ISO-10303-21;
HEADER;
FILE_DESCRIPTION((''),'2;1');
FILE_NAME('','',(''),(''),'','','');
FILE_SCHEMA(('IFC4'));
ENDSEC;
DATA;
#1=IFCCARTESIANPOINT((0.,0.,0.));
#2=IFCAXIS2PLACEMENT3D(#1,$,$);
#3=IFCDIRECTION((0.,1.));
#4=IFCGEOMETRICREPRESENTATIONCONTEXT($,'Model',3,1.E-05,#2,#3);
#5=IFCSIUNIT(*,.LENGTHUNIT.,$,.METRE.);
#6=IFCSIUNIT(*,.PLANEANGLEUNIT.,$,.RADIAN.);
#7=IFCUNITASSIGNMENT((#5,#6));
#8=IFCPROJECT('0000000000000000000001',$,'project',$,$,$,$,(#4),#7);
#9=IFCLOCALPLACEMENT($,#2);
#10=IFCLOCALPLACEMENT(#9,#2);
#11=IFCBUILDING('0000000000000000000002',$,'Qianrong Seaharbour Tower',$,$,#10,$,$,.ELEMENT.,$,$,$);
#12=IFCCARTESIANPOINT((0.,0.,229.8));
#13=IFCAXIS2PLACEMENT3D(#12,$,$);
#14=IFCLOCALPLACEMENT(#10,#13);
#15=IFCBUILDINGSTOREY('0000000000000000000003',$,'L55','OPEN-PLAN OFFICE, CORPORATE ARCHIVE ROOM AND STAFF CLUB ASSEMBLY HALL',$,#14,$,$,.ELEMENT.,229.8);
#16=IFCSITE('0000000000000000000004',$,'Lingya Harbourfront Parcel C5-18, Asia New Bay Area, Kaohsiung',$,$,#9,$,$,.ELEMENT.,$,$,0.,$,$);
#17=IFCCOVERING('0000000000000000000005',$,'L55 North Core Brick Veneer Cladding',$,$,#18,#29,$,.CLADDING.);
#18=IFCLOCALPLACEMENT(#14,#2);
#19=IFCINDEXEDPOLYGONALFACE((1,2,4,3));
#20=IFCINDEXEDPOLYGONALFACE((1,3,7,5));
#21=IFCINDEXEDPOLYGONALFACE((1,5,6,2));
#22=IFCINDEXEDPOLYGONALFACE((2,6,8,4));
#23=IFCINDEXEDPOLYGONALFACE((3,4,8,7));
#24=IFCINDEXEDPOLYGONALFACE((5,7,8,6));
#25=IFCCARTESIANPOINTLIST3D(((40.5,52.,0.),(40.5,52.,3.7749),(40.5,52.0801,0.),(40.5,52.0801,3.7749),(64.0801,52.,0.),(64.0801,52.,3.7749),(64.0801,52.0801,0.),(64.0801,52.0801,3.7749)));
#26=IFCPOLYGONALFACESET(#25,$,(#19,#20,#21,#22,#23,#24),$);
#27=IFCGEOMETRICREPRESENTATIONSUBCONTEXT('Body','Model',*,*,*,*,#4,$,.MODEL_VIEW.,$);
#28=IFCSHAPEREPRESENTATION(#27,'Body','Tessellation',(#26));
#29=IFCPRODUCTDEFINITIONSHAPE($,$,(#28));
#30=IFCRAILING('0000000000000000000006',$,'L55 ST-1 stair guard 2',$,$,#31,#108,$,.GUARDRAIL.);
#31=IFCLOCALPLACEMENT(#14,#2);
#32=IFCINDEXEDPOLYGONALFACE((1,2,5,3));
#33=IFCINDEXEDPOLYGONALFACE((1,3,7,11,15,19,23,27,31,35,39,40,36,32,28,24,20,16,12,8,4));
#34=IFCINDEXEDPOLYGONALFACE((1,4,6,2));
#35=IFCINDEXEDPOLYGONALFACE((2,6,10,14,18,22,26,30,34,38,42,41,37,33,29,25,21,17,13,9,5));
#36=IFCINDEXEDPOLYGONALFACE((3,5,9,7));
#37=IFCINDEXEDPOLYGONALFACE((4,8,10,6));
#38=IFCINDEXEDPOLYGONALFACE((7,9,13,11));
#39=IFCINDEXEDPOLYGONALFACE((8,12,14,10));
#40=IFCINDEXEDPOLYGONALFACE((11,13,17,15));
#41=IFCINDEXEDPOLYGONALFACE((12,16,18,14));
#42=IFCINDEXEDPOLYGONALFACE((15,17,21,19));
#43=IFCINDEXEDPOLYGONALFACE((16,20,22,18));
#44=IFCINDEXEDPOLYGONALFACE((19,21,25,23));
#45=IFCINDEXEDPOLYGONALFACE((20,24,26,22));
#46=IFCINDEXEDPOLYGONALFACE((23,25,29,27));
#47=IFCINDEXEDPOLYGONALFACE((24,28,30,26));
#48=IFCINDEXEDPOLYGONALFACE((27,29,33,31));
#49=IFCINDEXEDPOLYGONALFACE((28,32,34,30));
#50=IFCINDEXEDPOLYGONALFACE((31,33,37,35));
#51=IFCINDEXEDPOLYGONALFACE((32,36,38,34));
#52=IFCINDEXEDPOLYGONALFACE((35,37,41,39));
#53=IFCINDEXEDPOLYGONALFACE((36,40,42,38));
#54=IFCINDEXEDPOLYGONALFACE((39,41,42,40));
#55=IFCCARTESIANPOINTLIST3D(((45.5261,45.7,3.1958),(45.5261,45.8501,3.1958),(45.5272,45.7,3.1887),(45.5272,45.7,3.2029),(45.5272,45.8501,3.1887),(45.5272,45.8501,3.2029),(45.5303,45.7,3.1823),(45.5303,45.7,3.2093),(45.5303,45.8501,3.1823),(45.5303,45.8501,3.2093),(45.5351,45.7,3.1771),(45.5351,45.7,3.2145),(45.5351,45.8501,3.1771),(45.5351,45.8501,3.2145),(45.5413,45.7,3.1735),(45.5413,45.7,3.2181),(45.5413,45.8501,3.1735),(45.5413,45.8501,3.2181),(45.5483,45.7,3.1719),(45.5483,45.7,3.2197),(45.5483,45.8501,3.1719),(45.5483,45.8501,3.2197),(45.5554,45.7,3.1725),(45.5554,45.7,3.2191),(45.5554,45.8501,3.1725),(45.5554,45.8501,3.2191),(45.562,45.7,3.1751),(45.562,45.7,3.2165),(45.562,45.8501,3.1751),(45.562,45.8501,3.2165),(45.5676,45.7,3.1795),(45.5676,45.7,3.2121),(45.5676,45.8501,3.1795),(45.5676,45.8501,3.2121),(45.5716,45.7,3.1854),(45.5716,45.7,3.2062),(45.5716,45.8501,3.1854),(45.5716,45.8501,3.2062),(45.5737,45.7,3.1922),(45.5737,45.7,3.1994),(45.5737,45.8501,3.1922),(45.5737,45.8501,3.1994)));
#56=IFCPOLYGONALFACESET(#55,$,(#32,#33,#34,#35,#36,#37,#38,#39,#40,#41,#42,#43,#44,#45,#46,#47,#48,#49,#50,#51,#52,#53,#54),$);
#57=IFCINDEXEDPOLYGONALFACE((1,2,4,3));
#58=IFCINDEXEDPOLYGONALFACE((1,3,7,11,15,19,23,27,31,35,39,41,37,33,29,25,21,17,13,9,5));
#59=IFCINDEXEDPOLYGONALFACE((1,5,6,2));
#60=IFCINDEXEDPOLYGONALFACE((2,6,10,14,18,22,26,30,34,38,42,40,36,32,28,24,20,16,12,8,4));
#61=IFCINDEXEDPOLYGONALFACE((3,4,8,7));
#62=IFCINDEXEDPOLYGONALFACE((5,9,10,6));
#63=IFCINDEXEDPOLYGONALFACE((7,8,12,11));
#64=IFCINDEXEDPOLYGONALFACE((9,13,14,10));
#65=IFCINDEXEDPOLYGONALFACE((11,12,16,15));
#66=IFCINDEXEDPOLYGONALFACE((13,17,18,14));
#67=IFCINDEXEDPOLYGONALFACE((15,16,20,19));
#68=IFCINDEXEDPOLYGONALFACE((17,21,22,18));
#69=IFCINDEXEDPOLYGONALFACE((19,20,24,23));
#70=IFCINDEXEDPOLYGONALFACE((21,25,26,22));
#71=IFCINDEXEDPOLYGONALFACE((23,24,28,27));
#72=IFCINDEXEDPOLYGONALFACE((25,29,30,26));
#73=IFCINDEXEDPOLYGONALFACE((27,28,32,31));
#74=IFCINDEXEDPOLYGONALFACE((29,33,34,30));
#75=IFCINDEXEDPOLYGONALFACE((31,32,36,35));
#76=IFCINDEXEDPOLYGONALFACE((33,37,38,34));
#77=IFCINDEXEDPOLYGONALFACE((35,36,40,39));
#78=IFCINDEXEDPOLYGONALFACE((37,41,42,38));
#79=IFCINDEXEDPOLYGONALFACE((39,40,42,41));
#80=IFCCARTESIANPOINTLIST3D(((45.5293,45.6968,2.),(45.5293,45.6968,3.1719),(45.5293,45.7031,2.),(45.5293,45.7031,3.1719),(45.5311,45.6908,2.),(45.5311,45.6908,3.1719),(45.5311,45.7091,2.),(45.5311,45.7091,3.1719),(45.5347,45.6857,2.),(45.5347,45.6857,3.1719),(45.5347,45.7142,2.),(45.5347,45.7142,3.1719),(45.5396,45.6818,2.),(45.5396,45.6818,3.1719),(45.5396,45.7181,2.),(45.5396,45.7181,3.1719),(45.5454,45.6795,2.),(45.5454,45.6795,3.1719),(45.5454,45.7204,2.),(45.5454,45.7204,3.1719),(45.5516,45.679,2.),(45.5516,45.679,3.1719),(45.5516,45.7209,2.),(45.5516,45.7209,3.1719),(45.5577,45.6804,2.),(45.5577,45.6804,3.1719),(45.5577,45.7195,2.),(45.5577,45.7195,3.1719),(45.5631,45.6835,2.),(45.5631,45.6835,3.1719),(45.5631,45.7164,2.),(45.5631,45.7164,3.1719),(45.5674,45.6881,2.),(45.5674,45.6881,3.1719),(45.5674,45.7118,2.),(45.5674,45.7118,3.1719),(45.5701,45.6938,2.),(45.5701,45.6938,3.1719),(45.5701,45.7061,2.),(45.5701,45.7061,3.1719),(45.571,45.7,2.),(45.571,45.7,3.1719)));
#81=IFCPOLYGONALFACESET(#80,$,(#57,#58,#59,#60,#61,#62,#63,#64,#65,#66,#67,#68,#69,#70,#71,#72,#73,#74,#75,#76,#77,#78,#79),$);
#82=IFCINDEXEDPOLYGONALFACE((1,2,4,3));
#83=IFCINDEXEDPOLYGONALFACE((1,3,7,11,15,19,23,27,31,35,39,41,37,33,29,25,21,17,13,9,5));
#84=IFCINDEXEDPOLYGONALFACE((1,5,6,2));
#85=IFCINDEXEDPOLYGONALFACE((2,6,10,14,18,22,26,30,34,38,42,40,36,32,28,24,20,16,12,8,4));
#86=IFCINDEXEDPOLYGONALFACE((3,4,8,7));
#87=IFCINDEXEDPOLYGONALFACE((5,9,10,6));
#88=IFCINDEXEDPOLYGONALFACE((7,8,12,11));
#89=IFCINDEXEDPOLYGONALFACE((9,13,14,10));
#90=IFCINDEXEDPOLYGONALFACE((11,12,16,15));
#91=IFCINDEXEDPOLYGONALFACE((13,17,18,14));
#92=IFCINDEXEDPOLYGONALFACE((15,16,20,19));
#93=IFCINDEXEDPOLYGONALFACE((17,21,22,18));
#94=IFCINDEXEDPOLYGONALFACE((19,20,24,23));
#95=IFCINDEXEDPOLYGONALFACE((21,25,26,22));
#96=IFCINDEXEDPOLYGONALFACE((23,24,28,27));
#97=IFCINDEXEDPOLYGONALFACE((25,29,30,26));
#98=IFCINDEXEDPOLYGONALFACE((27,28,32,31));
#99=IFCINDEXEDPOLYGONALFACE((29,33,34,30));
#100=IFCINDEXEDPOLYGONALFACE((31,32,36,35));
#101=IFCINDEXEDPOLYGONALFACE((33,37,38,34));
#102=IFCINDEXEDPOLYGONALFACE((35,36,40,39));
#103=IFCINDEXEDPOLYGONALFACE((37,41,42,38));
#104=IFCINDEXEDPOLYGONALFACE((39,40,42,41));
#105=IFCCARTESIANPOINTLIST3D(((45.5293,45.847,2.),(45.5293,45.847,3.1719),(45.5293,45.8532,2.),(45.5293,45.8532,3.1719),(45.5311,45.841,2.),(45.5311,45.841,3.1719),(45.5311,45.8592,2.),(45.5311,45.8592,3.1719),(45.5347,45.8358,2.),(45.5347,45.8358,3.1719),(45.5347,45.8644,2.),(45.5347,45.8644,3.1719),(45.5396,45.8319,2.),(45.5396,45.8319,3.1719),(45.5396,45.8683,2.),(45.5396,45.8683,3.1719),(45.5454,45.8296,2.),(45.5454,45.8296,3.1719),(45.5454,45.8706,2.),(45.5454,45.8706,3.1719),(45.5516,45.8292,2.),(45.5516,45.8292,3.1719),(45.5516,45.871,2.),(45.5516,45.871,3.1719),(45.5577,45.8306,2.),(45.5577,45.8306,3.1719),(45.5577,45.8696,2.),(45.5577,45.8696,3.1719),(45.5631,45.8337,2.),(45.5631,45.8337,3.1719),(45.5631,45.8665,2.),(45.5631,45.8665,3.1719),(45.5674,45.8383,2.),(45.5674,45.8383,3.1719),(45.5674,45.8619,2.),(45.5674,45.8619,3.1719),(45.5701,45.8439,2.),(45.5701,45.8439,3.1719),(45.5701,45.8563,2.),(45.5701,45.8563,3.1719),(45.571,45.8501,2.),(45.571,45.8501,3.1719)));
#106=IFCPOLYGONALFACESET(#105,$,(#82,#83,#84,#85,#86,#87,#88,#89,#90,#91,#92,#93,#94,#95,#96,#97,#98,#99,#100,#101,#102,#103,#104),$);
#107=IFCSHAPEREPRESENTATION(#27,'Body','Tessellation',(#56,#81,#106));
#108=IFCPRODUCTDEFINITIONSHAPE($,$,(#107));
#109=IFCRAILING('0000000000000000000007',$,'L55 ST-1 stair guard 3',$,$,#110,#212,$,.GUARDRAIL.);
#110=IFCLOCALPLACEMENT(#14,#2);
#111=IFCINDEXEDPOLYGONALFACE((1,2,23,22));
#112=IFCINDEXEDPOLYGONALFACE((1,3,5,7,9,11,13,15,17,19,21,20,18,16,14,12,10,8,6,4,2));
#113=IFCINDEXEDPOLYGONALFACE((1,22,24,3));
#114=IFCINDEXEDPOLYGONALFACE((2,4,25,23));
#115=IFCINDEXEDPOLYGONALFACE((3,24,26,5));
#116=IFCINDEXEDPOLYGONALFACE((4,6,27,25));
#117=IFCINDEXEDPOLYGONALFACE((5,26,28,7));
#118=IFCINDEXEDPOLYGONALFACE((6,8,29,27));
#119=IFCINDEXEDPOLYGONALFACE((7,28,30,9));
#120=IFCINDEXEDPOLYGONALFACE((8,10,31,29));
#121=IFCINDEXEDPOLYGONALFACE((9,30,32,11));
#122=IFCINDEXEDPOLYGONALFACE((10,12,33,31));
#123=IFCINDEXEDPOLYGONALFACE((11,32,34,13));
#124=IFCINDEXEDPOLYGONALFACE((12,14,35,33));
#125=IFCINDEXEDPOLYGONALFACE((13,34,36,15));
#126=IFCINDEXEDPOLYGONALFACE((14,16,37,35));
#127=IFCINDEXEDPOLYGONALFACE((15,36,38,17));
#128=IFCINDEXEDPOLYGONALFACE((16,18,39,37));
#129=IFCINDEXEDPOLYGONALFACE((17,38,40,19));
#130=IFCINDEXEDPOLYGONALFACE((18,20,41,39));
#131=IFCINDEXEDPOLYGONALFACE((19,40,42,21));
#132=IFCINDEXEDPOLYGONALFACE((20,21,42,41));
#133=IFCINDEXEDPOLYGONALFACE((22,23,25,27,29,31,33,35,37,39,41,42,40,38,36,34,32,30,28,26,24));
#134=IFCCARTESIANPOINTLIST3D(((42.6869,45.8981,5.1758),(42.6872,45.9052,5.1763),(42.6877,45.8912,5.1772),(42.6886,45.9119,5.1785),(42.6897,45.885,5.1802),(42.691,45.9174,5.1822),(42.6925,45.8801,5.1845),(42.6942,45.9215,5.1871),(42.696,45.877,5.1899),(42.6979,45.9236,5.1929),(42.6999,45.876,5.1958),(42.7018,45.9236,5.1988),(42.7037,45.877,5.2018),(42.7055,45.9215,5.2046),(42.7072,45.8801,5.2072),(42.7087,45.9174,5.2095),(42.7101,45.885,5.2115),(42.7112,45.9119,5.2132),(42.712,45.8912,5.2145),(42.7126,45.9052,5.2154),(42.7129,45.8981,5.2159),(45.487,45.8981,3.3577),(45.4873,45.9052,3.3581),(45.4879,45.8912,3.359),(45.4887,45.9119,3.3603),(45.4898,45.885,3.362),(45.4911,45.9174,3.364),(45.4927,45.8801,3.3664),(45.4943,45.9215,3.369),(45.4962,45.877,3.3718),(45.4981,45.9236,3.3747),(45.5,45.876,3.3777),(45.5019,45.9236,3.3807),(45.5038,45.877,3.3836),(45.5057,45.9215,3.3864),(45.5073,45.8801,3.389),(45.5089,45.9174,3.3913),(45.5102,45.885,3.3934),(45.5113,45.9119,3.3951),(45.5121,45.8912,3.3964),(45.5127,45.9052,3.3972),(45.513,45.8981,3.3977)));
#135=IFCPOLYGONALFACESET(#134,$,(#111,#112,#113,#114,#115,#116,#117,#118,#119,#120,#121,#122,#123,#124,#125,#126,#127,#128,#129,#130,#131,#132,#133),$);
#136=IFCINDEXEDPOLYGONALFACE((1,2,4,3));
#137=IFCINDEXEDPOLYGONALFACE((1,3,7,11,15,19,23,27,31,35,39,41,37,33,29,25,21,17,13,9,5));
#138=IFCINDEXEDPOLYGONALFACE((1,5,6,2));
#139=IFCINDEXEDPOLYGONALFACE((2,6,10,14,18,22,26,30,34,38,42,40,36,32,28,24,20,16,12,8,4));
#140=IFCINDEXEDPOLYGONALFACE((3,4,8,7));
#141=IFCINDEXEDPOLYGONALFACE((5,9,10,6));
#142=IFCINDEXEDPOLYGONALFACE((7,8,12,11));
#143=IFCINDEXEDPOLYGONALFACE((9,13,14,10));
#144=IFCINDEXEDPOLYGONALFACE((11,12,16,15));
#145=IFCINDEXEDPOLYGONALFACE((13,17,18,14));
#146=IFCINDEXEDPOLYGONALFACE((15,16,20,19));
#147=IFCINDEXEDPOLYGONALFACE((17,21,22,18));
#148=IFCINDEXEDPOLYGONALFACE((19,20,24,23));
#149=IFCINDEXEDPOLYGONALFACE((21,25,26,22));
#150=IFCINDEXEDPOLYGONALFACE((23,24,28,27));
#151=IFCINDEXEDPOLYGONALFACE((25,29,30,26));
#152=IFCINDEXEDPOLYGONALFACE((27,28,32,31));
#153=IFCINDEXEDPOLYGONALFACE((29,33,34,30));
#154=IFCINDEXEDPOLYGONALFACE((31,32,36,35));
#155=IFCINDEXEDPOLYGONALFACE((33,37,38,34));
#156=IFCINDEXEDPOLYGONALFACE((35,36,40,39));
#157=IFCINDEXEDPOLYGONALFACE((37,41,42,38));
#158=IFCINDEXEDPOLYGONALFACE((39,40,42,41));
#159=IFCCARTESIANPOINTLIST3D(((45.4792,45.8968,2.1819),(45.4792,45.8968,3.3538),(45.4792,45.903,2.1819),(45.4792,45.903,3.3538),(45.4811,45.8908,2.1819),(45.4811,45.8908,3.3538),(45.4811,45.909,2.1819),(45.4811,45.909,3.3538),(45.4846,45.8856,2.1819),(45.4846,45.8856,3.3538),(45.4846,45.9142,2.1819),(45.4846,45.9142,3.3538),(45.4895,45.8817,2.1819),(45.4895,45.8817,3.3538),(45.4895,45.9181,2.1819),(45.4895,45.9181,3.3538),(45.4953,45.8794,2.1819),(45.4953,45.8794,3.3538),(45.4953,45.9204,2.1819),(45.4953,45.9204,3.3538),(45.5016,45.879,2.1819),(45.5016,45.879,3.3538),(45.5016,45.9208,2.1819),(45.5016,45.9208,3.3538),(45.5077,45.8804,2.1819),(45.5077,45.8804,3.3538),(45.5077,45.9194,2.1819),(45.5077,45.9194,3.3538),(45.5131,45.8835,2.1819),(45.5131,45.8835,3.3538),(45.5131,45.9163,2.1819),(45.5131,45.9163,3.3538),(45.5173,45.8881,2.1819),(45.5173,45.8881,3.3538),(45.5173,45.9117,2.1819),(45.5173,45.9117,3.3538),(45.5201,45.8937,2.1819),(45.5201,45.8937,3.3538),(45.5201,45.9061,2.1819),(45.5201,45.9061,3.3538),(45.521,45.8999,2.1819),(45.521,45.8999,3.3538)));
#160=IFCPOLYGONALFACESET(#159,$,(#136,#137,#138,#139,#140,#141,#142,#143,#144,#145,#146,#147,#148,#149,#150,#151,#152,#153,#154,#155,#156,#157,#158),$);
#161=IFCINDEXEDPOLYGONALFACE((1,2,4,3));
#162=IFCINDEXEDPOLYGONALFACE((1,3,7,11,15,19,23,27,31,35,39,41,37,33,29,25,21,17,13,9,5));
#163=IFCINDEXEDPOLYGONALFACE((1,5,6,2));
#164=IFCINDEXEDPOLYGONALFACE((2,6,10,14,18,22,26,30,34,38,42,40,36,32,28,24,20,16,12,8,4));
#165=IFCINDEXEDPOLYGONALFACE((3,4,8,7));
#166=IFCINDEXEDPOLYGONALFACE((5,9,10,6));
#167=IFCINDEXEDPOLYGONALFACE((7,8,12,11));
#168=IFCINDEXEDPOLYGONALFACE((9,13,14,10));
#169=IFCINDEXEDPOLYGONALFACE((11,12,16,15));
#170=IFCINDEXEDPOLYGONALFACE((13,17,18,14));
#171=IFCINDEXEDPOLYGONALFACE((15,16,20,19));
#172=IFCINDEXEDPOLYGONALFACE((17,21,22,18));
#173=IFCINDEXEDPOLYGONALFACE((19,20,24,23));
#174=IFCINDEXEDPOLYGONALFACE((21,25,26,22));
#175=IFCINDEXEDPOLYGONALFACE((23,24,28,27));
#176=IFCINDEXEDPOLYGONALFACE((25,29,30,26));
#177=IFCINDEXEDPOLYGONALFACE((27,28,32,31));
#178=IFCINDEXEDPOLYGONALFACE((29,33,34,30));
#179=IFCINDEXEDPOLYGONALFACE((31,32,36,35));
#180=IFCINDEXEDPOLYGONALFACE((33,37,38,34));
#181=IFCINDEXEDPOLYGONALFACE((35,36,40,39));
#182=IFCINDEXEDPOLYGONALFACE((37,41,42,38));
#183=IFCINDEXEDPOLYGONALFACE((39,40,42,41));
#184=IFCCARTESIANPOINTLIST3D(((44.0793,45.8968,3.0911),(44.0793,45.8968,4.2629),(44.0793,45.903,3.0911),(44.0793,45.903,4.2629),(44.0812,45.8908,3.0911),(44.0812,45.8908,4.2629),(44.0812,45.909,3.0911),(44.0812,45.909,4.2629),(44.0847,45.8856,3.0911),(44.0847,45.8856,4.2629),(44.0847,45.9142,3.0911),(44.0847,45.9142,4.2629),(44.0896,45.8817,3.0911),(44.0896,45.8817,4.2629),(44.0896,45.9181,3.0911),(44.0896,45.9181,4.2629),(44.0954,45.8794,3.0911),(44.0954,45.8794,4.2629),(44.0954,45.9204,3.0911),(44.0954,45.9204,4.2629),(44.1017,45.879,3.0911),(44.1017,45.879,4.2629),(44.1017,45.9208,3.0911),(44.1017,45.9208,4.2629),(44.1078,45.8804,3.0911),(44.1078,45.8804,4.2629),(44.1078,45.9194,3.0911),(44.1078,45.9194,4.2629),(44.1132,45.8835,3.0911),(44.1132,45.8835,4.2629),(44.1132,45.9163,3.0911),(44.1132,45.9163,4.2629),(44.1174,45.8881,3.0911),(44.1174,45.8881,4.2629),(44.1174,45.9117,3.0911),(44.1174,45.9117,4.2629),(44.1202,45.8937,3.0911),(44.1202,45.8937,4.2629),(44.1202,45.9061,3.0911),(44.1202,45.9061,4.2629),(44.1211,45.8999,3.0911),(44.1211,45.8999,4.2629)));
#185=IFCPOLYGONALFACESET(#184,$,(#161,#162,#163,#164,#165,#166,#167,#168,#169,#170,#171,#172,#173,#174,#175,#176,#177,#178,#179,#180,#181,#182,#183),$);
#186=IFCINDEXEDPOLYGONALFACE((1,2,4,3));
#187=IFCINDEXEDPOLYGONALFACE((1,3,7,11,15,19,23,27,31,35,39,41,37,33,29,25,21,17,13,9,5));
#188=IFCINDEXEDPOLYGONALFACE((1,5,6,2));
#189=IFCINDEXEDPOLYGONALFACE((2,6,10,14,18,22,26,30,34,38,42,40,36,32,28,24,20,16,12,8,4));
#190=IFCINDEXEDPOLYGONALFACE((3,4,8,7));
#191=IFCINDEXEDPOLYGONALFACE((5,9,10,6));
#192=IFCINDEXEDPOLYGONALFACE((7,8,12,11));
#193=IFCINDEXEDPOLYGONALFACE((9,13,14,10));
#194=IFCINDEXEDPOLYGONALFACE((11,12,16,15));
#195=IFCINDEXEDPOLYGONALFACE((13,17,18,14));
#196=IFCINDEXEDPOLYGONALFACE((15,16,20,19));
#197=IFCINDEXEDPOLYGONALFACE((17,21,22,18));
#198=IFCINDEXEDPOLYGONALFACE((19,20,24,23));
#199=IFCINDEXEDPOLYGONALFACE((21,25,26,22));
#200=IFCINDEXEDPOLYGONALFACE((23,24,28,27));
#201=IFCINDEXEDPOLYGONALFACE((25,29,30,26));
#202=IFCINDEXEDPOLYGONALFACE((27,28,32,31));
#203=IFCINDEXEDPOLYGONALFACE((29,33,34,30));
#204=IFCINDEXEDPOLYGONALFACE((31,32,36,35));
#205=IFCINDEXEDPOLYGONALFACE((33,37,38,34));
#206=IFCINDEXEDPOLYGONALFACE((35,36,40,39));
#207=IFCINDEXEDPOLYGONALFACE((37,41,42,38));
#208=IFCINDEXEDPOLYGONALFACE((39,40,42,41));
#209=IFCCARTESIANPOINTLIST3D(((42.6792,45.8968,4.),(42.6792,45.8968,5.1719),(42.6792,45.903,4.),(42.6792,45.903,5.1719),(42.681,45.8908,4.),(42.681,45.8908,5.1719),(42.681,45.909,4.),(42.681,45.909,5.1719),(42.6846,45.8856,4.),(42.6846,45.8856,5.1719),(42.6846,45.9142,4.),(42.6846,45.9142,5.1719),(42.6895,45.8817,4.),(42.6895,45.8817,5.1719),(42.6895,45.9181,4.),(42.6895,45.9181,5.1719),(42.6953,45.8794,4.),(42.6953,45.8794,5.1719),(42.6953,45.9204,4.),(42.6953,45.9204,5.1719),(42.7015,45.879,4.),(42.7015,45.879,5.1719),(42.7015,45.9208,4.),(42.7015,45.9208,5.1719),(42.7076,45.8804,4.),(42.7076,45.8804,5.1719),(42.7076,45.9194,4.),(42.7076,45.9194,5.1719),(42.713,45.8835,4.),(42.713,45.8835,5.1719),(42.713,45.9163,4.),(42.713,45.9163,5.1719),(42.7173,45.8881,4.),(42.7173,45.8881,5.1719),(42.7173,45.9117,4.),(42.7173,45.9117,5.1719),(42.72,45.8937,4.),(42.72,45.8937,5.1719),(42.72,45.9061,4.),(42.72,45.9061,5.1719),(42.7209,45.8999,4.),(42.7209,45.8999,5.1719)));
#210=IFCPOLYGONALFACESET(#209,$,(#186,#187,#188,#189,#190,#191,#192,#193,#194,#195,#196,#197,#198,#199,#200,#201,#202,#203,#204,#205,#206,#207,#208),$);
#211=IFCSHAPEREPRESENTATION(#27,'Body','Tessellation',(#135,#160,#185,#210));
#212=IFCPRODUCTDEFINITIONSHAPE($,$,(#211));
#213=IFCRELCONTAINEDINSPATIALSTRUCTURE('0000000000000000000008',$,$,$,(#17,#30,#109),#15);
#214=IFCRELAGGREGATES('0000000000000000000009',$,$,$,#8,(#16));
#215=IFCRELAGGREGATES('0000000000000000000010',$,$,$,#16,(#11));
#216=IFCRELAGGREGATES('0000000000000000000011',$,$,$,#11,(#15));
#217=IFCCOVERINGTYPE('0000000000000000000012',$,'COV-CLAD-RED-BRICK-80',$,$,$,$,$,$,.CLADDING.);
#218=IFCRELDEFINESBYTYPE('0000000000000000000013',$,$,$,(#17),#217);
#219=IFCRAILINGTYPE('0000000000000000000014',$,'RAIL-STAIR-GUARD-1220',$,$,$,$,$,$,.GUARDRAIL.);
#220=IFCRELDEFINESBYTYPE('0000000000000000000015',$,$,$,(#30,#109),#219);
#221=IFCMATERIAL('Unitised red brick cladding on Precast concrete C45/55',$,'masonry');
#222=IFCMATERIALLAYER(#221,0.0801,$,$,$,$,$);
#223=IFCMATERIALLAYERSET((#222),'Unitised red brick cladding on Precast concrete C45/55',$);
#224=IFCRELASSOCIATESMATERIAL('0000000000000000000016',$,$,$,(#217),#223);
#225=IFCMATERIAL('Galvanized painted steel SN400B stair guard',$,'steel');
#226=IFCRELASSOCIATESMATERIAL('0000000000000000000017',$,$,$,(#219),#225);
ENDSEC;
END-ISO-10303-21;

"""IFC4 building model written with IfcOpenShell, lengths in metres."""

from ifc_helpers import new_model, si_unit, direction, frame, origin, origin_2d, place, context, subcontext, project, spatial, rectangle, circle, extrude, material, layer, layer_set, type_object, element, save


model = new_model("IFC4")

# Units and contexts
model_context = context("Model", 3, precision=1e-05, world=origin(), true_north=direction((0.0, 1.0)))
body_context = subcontext(model_context, "Body", "Model", "MODEL_VIEW")
ifc_project = project(units=[si_unit("LENGTHUNIT", "METRE"), si_unit("PLANEANGLEUNIT", "RADIAN")], contexts=[model_context])

# Site, building, storey
site_placement = place(None, origin())
site = spatial("IfcSite", under=ifc_project, at=site_placement, Name="Lingya Harbourfront Parcel C5-18, Asia New Bay Area, Kaohsiung", CompositionType="ELEMENT", RefElevation=0.0)
building_placement = place(site_placement, origin())
building = spatial("IfcBuilding", under=site, at=building_placement, Name="Qianrong Seaharbour Tower", CompositionType="ELEMENT")
storey_placement = place(building_placement, frame((0.0, 0.0, 229.8)))
storey = spatial("IfcBuildingStorey", under=building, at=storey_placement, Name="L55", Description="OPEN-PLAN OFFICE, CORPORATE ARCHIVE ROOM AND STAFF CLUB ASSEMBLY HALL", CompositionType="ELEMENT", Elevation=229.8)

# Covering
ifc_material_1 = material(Name="Unitised red brick cladding on Precast concrete C45/55", Category="masonry")
ifc_layer_1 = layer(ifc_material_1, 0.0801)
ifc_layer_set_1 = layer_set([ifc_layer_1], Name="Unitised red brick cladding on Precast concrete C45/55")
covering_type = type_object("IfcCoveringType", Name="COV-CLAD-RED-BRICK-80", PredefinedType="CLADDING", material=ifc_layer_set_1)
covering_placement = place(storey_placement, frame((52.29, 52.04, 0.0), z_axis=(0.0, 0.0, 1.0), x_axis=(1.0, 0.0, 0.0)))
element("IfcCovering", 1, at=covering_placement, inside=storey, type_object=covering_type, Name="L55 North Core Brick Veneer Cladding", PredefinedType="CLADDING", context=body_context, shape_type="SweptSolid", body=[
    extrude(rectangle(XDim=23.5801, YDim=0.0801, at=origin_2d()), origin(), (0.0, 0.0, 1.0), 3.7749),
])

# Railings
ifc_material_2 = material(Name="Galvanized painted steel SN400B stair guard", Category="steel")
railing_type_1 = type_object("IfcRailingType", Name="RAIL-STAIR-GUARD-1220", PredefinedType="GUARDRAIL", material=ifc_material_2)
railing_1_placement = place(storey_placement, frame((45.55, 45.7, 2.0)))
element("IfcRailing", 2, at=railing_1_placement, inside=storey, type_object=railing_type_1, Name="L55 ST-1 stair guard 2", PredefinedType="GUARDRAIL", context=body_context, shape_type="SweptSolid", body=[
    extrude(circle(Radius=0.0239, at=origin_2d()), frame((0.0, 0.0, 1.1958), z_axis=(0.0, 1.0, 0.0), x_axis=(-1.0, 0.0, 0.0)), (0.0, 0.0, 1.0), 0.1501),
    extrude(circle(Radius=0.021, at=origin_2d()), origin(), (0.0, 0.0, 1.0), 1.1719),
    extrude(circle(Radius=0.021, at=origin_2d()), frame((0.0, 0.1501, 0.0)), (0.0, 0.0, 1.0), 1.1719),
])
railing_2_placement = place(storey_placement, frame((45.5, 45.8999, 2.1819)))
element("IfcRailing", 3, at=railing_2_placement, inside=storey, type_object=railing_type_1, Name="L55 ST-1 stair guard 3", PredefinedType="GUARDRAIL", context=body_context, shape_type="SweptSolid", body=[
    extrude(circle(Radius=0.0239, at=origin_2d()), frame((0.0, 0.0, 1.1958), z_axis=(-0.838706, 0.0, 0.544585), x_axis=(0.0, -1.0, 0.0)), (0.0, 0.0, 1.0), 3.3386),
    extrude(circle(Radius=0.021, at=origin_2d()), origin(), (0.0, 0.0, 1.0), 1.1719),
    extrude(circle(Radius=0.021, at=origin_2d()), frame((-1.3999, 0.0, 0.9092)), (0.0, 0.0, 1.0), 1.1719),
    extrude(circle(Radius=0.021, at=origin_2d()), frame((-2.8, 0.0, 1.8181)), (0.0, 0.0, 1.0), 1.1719),
])

save(model, "model.ifc")
